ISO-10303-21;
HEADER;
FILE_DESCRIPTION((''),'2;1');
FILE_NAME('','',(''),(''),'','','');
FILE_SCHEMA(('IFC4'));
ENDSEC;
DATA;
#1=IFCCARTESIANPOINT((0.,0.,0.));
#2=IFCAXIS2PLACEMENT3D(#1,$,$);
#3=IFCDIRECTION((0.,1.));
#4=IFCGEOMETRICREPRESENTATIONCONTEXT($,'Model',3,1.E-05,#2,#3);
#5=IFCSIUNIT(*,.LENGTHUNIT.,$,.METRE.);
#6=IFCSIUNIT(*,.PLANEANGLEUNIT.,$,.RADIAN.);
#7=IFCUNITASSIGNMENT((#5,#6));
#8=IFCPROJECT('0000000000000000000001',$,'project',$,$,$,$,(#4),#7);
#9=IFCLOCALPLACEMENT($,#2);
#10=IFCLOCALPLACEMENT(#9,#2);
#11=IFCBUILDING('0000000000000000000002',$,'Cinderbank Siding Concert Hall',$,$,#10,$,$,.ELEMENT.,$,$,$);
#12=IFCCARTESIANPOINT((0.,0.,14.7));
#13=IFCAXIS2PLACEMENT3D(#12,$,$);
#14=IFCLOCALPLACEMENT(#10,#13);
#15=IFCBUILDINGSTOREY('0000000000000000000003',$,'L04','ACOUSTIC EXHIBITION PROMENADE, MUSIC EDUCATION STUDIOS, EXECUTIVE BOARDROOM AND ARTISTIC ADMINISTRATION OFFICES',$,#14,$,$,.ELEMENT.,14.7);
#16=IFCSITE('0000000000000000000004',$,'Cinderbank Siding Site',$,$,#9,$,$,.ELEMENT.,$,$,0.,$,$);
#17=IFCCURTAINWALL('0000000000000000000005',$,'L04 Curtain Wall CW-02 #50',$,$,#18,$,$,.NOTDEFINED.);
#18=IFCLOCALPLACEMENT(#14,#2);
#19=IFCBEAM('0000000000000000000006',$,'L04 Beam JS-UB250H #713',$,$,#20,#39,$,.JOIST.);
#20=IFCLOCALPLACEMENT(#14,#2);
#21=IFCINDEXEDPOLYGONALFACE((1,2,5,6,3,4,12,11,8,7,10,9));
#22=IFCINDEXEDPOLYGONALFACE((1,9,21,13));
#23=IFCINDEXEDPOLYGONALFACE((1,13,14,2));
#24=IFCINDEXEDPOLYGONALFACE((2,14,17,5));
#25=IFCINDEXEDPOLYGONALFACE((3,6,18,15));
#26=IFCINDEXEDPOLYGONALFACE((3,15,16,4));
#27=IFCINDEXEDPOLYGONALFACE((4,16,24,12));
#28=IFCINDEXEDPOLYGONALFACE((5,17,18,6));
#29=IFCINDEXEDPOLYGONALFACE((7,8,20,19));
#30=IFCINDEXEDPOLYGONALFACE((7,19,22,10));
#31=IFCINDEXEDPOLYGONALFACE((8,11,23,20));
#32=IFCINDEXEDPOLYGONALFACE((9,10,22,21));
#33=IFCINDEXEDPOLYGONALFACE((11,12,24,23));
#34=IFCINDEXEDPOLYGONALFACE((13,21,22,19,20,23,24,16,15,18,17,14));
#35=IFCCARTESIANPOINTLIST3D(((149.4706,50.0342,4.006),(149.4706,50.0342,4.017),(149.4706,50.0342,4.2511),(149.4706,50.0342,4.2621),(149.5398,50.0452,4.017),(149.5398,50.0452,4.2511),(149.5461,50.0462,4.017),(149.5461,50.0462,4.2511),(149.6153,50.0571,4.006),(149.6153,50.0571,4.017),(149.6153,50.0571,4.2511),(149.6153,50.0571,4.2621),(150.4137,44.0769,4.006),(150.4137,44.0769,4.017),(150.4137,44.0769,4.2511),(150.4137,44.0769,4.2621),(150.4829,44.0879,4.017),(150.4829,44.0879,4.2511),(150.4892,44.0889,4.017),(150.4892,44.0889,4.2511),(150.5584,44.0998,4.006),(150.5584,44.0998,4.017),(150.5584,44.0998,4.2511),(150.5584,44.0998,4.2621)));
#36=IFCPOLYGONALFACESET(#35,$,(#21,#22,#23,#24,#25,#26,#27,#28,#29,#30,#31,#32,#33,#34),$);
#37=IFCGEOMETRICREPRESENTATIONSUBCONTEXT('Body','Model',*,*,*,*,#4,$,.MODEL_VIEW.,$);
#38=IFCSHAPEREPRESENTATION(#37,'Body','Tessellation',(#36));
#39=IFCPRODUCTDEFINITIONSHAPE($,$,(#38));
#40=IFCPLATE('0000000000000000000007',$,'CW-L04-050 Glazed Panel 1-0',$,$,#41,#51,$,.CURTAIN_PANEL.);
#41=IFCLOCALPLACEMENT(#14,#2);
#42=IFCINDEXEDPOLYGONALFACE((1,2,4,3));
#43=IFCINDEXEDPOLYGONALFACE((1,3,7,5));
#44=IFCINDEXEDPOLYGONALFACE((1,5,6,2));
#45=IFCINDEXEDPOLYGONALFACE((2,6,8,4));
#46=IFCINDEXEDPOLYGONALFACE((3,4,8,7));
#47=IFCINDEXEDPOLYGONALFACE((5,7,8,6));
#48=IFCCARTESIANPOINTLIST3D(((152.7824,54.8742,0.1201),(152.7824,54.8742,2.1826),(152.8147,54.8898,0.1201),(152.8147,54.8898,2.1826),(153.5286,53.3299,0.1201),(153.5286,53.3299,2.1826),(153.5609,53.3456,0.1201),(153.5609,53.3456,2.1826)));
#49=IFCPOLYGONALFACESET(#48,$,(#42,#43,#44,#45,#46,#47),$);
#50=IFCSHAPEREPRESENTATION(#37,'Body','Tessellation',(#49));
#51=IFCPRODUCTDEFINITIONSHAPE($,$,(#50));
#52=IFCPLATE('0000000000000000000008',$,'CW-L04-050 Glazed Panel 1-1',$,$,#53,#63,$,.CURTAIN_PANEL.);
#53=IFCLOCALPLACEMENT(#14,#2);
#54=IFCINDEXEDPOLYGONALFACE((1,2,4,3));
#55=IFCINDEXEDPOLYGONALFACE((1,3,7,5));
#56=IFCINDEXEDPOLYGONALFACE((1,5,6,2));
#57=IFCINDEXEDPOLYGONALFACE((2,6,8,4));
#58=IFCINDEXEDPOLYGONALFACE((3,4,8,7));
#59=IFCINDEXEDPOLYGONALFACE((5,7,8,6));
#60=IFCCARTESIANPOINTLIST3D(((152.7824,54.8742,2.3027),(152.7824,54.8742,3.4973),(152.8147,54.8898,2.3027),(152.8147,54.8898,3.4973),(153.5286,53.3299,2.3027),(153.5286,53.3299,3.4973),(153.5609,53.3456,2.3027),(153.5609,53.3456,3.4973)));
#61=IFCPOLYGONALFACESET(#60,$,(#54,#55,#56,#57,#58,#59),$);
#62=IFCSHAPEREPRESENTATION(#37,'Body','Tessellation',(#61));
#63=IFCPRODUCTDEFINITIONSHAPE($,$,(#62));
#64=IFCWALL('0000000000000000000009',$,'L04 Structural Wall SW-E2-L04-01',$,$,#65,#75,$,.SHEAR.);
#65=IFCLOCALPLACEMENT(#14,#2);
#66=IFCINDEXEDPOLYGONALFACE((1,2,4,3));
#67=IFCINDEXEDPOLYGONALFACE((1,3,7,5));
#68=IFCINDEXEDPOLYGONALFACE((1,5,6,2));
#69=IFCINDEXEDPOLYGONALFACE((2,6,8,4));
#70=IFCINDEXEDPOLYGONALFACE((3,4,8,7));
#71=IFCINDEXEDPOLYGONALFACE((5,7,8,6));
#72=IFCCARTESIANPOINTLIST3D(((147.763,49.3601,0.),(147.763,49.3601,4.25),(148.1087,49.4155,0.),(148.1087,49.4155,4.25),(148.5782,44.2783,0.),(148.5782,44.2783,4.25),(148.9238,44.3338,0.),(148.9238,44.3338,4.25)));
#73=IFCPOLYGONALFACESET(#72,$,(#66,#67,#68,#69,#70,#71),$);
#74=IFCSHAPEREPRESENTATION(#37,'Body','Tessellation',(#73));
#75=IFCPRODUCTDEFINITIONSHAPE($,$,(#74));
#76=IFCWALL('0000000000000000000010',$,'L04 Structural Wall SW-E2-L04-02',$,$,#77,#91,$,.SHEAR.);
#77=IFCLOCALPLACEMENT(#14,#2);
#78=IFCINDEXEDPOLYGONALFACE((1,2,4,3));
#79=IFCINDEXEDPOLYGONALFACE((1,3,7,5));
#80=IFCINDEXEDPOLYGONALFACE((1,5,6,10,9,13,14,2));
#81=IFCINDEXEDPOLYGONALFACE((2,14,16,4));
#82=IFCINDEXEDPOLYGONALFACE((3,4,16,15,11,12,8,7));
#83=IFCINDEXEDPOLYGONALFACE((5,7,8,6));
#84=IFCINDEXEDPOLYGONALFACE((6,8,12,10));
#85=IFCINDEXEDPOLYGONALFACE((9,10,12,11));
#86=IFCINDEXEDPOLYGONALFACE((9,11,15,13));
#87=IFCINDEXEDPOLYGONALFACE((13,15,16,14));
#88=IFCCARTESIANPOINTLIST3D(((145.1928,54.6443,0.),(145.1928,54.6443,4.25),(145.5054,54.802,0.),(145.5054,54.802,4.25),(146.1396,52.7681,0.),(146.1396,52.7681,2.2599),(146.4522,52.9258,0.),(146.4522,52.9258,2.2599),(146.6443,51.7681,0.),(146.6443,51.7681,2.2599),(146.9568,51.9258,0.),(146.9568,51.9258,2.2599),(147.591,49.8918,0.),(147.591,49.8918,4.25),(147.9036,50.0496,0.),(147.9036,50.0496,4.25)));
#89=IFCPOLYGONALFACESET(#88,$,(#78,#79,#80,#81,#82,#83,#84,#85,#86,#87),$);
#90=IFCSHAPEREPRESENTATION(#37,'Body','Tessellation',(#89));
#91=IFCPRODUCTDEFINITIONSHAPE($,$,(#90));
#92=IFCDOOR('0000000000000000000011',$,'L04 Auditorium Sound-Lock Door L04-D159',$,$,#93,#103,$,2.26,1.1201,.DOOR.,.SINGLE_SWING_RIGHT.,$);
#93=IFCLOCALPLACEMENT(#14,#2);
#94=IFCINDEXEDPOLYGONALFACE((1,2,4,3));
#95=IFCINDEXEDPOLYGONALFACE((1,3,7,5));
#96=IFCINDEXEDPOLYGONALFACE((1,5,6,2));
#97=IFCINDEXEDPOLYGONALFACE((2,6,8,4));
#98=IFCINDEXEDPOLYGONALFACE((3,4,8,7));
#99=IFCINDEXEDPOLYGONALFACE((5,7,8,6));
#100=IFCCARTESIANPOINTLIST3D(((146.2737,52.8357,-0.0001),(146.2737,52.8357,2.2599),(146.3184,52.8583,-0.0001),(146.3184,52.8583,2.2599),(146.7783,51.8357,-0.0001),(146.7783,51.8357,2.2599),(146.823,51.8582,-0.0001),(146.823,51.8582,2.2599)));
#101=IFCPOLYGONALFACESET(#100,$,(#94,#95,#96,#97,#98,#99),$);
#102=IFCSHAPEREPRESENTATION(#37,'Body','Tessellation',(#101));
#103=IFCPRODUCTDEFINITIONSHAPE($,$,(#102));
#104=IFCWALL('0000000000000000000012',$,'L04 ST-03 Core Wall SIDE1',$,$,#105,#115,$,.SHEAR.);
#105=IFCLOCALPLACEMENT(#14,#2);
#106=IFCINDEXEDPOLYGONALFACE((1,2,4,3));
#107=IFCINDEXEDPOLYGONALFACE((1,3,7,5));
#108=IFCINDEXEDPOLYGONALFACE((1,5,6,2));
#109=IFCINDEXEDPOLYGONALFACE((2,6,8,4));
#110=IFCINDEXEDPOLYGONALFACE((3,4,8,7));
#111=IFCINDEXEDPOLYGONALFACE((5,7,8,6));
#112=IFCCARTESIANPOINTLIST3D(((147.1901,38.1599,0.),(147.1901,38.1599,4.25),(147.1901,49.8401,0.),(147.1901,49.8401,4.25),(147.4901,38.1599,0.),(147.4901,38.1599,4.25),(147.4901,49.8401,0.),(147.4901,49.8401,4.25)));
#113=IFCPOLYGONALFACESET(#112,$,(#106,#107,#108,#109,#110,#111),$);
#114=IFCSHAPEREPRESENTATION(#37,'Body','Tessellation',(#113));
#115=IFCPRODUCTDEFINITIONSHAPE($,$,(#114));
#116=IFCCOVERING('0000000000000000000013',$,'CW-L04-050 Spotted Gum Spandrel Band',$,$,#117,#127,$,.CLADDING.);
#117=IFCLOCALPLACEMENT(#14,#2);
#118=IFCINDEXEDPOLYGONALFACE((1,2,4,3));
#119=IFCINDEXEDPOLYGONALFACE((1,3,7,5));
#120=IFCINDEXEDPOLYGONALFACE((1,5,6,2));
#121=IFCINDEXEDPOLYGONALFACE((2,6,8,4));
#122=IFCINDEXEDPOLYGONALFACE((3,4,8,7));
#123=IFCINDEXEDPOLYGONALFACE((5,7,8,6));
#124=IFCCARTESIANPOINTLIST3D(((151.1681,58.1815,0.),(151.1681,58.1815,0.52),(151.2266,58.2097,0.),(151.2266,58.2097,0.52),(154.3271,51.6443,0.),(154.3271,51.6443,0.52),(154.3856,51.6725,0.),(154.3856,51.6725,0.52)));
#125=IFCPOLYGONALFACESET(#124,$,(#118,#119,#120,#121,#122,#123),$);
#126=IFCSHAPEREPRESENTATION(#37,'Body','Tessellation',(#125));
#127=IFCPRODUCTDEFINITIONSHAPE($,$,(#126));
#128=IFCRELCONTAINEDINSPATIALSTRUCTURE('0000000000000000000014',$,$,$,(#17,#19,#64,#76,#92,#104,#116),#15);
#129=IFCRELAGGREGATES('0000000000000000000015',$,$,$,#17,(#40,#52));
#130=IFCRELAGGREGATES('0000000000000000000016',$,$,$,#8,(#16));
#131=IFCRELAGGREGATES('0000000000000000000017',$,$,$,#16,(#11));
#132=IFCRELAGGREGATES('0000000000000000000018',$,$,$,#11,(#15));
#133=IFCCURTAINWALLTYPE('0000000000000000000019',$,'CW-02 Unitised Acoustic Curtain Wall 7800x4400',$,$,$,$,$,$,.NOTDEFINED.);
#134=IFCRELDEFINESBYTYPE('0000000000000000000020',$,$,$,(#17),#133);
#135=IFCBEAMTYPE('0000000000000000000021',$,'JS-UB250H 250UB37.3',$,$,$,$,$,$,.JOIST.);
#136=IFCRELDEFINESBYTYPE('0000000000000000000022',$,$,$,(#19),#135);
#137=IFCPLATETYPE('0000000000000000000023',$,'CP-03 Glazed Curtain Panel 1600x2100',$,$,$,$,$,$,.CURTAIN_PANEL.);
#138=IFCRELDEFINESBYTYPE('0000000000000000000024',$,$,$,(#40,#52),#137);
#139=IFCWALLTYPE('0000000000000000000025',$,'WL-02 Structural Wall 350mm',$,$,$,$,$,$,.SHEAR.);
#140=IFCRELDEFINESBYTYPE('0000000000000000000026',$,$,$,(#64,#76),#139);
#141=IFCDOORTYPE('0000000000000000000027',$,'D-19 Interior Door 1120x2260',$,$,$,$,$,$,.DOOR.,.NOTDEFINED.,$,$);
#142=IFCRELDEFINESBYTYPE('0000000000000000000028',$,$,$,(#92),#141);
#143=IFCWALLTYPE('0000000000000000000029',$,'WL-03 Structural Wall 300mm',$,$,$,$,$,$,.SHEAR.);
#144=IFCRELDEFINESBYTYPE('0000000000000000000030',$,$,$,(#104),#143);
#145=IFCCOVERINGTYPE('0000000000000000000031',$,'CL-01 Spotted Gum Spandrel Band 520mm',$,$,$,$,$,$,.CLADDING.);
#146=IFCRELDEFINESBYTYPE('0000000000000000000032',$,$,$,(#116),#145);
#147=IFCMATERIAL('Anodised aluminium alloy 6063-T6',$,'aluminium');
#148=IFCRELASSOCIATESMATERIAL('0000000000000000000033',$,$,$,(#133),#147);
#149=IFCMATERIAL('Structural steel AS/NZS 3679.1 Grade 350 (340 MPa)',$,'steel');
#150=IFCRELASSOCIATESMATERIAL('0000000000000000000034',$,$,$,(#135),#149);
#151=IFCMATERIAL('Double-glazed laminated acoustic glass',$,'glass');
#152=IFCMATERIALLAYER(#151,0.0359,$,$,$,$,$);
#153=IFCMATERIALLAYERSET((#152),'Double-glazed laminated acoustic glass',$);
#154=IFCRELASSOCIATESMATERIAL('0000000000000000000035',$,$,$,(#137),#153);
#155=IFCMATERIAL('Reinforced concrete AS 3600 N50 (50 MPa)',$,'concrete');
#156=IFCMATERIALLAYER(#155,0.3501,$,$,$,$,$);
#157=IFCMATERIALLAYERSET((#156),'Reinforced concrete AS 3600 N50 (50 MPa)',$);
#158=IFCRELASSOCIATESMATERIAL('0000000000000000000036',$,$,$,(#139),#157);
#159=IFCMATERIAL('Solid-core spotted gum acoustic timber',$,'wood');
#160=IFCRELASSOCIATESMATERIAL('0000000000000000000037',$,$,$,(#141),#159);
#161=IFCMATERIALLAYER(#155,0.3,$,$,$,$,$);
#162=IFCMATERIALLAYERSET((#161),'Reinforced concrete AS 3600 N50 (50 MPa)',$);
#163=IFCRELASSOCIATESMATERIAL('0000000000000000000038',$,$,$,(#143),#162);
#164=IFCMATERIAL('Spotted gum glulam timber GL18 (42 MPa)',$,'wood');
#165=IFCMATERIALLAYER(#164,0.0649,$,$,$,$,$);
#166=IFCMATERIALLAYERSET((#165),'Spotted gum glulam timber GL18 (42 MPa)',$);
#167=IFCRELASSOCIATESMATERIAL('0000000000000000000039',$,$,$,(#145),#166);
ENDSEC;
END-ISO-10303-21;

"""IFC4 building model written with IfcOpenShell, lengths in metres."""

from ifc_helpers import new_model, si_unit, direction, frame, frame_2d, origin, origin_2d, place, context, subcontext, project, spatial, rectangle, i_section, extrude, material, layer, layer_set, material_profile, profile_set, type_object, element, fill, aggregate, save


model = new_model("IFC4")

# Units and contexts
model_context = context("Model", 3, precision=1e-05, world=origin(), true_north=direction((0.0, 1.0)))
body_context = subcontext(model_context, "Body", "Model", "MODEL_VIEW")
ifc_project = project(units=[si_unit("LENGTHUNIT", "METRE"), si_unit("PLANEANGLEUNIT", "RADIAN")], contexts=[model_context])

# Site, building, storey
site_placement = place(None, origin())
site = spatial("IfcSite", under=ifc_project, at=site_placement, Name="Cinderbank Siding Site", CompositionType="ELEMENT", RefElevation=0.0)
building_placement = place(site_placement, origin())
building = spatial("IfcBuilding", under=site, at=building_placement, Name="Cinderbank Siding Concert Hall", CompositionType="ELEMENT")
storey_placement = place(building_placement, frame((0.0, 0.0, 14.7)))
storey = spatial("IfcBuildingStorey", under=building, at=storey_placement, Name="L04", Description="ACOUSTIC EXHIBITION PROMENADE, MUSIC EDUCATION STUDIOS, EXECUTIVE BOARDROOM AND ARTISTIC ADMINISTRATION OFFICES", CompositionType="ELEMENT", Elevation=14.7)

# Shared definitions
ifc_material_1 = material(Name="Reinforced concrete AS 3600 N50 (50 MPa)", Category="concrete")

# Shared definitions
ifc_material_2 = material(Name="Structural steel AS/NZS 3679.1 Grade 350 (340 MPa)", Category="steel")

# Curtain wall
ifc_material_3 = material(Name="Anodised aluminium alloy 6063-T6", Category="aluminium")
curtain_wall_type = type_object("IfcCurtainWallType", Name="CW-02 Unitised Acoustic Curtain Wall 7800x4400", PredefinedType="NOTDEFINED", material=ifc_material_3)
curtain_wall_placement = place(storey_placement, origin())
curtain_wall = element("IfcCurtainWall", 1, at=curtain_wall_placement, inside=storey, type_object=curtain_wall_type, Name="L04 Curtain Wall CW-02 #50", PredefinedType="NOTDEFINED")

# Beam
ifc_material_profile_1 = material_profile(ifc_material_2, i_section(OverallWidth=0.1465, OverallDepth=0.2561, WebThickness=0.0063, FlangeThickness=0.011, at=origin_2d()), Name="250UB37.3", Category="LoadBearing")
ifc_profile_set_1 = profile_set([ifc_material_profile_1], Name="Structural steel AS/NZS 3679.1 Grade 350 (340 MPa)")
beam_type_1 = type_object("IfcBeamType", Name="JS-UB250H 250UB37.3", PredefinedType="JOIST", material=ifc_profile_set_1)
beam_1_placement = place(storey_placement, frame((150.4861, 44.0884, 4.134), z_axis=(-0.156366, 0.987699, 0.0), x_axis=(-0.987699, -0.156366, 0.0)))
element("IfcBeam", 2, at=beam_1_placement, inside=storey, type_object=beam_type_1, Name="L04 Beam JS-UB250H #713", PredefinedType="JOIST", context=body_context, shape_type="SweptSolid", body=[
    extrude(i_section(OverallWidth=0.1465, OverallDepth=0.2561, WebThickness=0.0063, FlangeThickness=0.011, at=origin_2d()), origin(), (0.0, 0.0, 1.0), 6.0315),
])

# Plates
ifc_material_4 = material(Name="Double-glazed laminated acoustic glass", Category="glass")
ifc_layer_1 = layer(ifc_material_4, 0.0359)
ifc_layer_set_1 = layer_set([ifc_layer_1], Name="Double-glazed laminated acoustic glass")
plate_type = type_object("IfcPlateType", Name="CP-03 Glazed Curtain Panel 1600x2100", PredefinedType="CURTAIN_PANEL", material=ifc_layer_set_1)
plate_1_placement = place(storey_placement, frame((153.1716, 54.1099, 0.1201), z_axis=(0.0, 0.0, 1.0), x_axis=(-0.435102, 0.900381, 0.0)))
plate_1 = element("IfcPlate", 3, at=plate_1_placement, type_object=plate_type, Name="CW-L04-050 Glazed Panel 1-0", PredefinedType="CURTAIN_PANEL", context=body_context, shape_type="SweptSolid", body=[
    extrude(rectangle(XDim=1.7151, YDim=0.0359, at=origin_2d()), origin(), (0.0, 0.0, 1.0), 2.0625),
])
plate_2_placement = place(storey_placement, frame((153.1716, 54.1099, 2.3027), z_axis=(0.0, 0.0, 1.0), x_axis=(-0.435102, 0.900381, 0.0)))
plate_2 = element("IfcPlate", 4, at=plate_2_placement, type_object=plate_type, Name="CW-L04-050 Glazed Panel 1-1", PredefinedType="CURTAIN_PANEL", context=body_context, shape_type="SweptSolid", body=[
    extrude(rectangle(XDim=1.7151, YDim=0.0359, at=origin_2d()), origin(), (0.0, 0.0, 1.0), 1.1946),
])
aggregate(curtain_wall, [plate_1, plate_2])

# Wall
ifc_layer_2 = layer(ifc_material_1, 0.3501)
ifc_layer_set_2 = layer_set([ifc_layer_2], Name="Reinforced concrete AS 3600 N50 (50 MPa)")
wall_type_1 = type_object("IfcWallType", Name="WL-02 Structural Wall 350mm", PredefinedType="SHEAR", material=ifc_layer_set_2)
wall_1_placement = place(storey_placement, frame((148.751, 44.3062, 0.0), z_axis=(0.0, 0.0, 1.0), x_axis=(-0.158388, 0.987377, 0.0)))
element("IfcWall", 5, at=wall_1_placement, inside=storey, type_object=wall_type_1, Name="L04 Structural Wall SW-E2-L04-01", PredefinedType="SHEAR", context=body_context, shape_type="SweptSolid", body=[
    extrude(rectangle(XDim=5.1467, YDim=0.3501, at=frame_2d((2.5732, 0.0))), origin(), (0.0, 0.0, 1.0), 4.25),
])

# Wall, opening, door
wall_2_placement = place(storey_placement, frame((147.7473, 49.9707, 0.0), z_axis=(0.0, 0.0, 1.0), x_axis=(-0.450513, 0.89277, 0.0)))
wall_2 = element("IfcWall", 6, at=wall_2_placement, inside=storey, type_object=wall_type_1, Name="L04 Structural Wall SW-E2-L04-02", PredefinedType="SHEAR", context=body_context, shape_type="SweptSolid", body=[
    extrude(rectangle(XDim=5.3232, YDim=0.3501, at=frame_2d((2.6616, 0.0))), origin(), (0.0, 0.0, 1.0), 4.25),
])
opening_placement = place(wall_2_placement, frame((2.1016, 0.0, 0.0)))
opening = element("IfcOpeningElement", 7, at=opening_placement, cuts=wall_2, PredefinedType="OPENING", context=body_context, shape_type="SweptSolid", body=[
    extrude(rectangle(XDim=1.1201, YDim=2.26, at=frame_2d((0.5601, 1.1299))), frame((0.0, 0.187, 0.0), z_axis=(0.0, -1.0, 0.0), x_axis=(1.0, 0.0, 0.0)), (0.0, 0.0, 1.0), 0.374),
])
ifc_material_5 = material(Name="Solid-core spotted gum acoustic timber", Category="wood")
door_type = type_object("IfcDoorType", Name="D-19 Interior Door 1120x2260", OperationType="NOTDEFINED", PredefinedType="DOOR", material=ifc_material_5)
door_placement = place(opening_placement, origin())
door = element("IfcDoor", 8, at=door_placement, inside=storey, type_object=door_type, Name="L04 Auditorium Sound-Lock Door L04-D159", OperationType="SINGLE_SWING_RIGHT", OverallHeight=2.26, OverallWidth=1.1201, PredefinedType="DOOR", context=body_context, shape_type="SweptSolid", body=[
    extrude(rectangle(XDim=1.1201, YDim=2.26, at=frame_2d((0.5601, 1.1299))), frame((0.0, 0.0249, 0.0), z_axis=(0.0, -1.0, 0.0), x_axis=(1.0, 0.0, 0.0)), (0.0, 0.0, 1.0), 0.05),
])
fill(opening, door)

# Wall
ifc_layer_3 = layer(ifc_material_1, 0.3)
ifc_layer_set_3 = layer_set([ifc_layer_3], Name="Reinforced concrete AS 3600 N50 (50 MPa)")
wall_type_2 = type_object("IfcWallType", Name="WL-03 Structural Wall 300mm", PredefinedType="SHEAR", material=ifc_layer_set_3)
wall_3_placement = place(storey_placement, frame((147.3401, 49.8401, 0.0), z_axis=(0.0, 0.0, 1.0), x_axis=(0.0, -1.0, 0.0)))
element("IfcWall", 9, at=wall_3_placement, inside=storey, type_object=wall_type_2, Name="L04 ST-03 Core Wall SIDE1", PredefinedType="SHEAR", context=body_context, shape_type="SweptSolid", body=[
    extrude(rectangle(XDim=11.6802, YDim=0.3, at=frame_2d((5.8401, 0.0))), origin(), (0.0, 0.0, 1.0), 4.25),
])

# Covering
ifc_material_6 = material(Name="Spotted gum glulam timber GL18 (42 MPa)", Category="wood")
ifc_layer_4 = layer(ifc_material_6, 0.0649)
ifc_layer_set_4 = layer_set([ifc_layer_4], Name="Spotted gum glulam timber GL18 (42 MPa)")
covering_type = type_object("IfcCoveringType", Name="CL-01 Spotted Gum Spandrel Band 520mm", PredefinedType="CLADDING", material=ifc_layer_set_4)
covering_placement = place(storey_placement, frame((152.7769, 54.927, 0.0), z_axis=(0.0, 0.0, 1.0), x_axis=(-0.435102, 0.900381, 0.0)))
element("IfcCovering", 10, at=covering_placement, inside=storey, type_object=covering_type, Name="CW-L04-050 Spotted Gum Spandrel Band", PredefinedType="CLADDING", context=body_context, shape_type="SweptSolid", body=[
    extrude(rectangle(XDim=7.2605, YDim=0.0649, at=origin_2d()), origin(), (0.0, 0.0, 1.0), 0.52),
])

save(model, "model.ifc")
